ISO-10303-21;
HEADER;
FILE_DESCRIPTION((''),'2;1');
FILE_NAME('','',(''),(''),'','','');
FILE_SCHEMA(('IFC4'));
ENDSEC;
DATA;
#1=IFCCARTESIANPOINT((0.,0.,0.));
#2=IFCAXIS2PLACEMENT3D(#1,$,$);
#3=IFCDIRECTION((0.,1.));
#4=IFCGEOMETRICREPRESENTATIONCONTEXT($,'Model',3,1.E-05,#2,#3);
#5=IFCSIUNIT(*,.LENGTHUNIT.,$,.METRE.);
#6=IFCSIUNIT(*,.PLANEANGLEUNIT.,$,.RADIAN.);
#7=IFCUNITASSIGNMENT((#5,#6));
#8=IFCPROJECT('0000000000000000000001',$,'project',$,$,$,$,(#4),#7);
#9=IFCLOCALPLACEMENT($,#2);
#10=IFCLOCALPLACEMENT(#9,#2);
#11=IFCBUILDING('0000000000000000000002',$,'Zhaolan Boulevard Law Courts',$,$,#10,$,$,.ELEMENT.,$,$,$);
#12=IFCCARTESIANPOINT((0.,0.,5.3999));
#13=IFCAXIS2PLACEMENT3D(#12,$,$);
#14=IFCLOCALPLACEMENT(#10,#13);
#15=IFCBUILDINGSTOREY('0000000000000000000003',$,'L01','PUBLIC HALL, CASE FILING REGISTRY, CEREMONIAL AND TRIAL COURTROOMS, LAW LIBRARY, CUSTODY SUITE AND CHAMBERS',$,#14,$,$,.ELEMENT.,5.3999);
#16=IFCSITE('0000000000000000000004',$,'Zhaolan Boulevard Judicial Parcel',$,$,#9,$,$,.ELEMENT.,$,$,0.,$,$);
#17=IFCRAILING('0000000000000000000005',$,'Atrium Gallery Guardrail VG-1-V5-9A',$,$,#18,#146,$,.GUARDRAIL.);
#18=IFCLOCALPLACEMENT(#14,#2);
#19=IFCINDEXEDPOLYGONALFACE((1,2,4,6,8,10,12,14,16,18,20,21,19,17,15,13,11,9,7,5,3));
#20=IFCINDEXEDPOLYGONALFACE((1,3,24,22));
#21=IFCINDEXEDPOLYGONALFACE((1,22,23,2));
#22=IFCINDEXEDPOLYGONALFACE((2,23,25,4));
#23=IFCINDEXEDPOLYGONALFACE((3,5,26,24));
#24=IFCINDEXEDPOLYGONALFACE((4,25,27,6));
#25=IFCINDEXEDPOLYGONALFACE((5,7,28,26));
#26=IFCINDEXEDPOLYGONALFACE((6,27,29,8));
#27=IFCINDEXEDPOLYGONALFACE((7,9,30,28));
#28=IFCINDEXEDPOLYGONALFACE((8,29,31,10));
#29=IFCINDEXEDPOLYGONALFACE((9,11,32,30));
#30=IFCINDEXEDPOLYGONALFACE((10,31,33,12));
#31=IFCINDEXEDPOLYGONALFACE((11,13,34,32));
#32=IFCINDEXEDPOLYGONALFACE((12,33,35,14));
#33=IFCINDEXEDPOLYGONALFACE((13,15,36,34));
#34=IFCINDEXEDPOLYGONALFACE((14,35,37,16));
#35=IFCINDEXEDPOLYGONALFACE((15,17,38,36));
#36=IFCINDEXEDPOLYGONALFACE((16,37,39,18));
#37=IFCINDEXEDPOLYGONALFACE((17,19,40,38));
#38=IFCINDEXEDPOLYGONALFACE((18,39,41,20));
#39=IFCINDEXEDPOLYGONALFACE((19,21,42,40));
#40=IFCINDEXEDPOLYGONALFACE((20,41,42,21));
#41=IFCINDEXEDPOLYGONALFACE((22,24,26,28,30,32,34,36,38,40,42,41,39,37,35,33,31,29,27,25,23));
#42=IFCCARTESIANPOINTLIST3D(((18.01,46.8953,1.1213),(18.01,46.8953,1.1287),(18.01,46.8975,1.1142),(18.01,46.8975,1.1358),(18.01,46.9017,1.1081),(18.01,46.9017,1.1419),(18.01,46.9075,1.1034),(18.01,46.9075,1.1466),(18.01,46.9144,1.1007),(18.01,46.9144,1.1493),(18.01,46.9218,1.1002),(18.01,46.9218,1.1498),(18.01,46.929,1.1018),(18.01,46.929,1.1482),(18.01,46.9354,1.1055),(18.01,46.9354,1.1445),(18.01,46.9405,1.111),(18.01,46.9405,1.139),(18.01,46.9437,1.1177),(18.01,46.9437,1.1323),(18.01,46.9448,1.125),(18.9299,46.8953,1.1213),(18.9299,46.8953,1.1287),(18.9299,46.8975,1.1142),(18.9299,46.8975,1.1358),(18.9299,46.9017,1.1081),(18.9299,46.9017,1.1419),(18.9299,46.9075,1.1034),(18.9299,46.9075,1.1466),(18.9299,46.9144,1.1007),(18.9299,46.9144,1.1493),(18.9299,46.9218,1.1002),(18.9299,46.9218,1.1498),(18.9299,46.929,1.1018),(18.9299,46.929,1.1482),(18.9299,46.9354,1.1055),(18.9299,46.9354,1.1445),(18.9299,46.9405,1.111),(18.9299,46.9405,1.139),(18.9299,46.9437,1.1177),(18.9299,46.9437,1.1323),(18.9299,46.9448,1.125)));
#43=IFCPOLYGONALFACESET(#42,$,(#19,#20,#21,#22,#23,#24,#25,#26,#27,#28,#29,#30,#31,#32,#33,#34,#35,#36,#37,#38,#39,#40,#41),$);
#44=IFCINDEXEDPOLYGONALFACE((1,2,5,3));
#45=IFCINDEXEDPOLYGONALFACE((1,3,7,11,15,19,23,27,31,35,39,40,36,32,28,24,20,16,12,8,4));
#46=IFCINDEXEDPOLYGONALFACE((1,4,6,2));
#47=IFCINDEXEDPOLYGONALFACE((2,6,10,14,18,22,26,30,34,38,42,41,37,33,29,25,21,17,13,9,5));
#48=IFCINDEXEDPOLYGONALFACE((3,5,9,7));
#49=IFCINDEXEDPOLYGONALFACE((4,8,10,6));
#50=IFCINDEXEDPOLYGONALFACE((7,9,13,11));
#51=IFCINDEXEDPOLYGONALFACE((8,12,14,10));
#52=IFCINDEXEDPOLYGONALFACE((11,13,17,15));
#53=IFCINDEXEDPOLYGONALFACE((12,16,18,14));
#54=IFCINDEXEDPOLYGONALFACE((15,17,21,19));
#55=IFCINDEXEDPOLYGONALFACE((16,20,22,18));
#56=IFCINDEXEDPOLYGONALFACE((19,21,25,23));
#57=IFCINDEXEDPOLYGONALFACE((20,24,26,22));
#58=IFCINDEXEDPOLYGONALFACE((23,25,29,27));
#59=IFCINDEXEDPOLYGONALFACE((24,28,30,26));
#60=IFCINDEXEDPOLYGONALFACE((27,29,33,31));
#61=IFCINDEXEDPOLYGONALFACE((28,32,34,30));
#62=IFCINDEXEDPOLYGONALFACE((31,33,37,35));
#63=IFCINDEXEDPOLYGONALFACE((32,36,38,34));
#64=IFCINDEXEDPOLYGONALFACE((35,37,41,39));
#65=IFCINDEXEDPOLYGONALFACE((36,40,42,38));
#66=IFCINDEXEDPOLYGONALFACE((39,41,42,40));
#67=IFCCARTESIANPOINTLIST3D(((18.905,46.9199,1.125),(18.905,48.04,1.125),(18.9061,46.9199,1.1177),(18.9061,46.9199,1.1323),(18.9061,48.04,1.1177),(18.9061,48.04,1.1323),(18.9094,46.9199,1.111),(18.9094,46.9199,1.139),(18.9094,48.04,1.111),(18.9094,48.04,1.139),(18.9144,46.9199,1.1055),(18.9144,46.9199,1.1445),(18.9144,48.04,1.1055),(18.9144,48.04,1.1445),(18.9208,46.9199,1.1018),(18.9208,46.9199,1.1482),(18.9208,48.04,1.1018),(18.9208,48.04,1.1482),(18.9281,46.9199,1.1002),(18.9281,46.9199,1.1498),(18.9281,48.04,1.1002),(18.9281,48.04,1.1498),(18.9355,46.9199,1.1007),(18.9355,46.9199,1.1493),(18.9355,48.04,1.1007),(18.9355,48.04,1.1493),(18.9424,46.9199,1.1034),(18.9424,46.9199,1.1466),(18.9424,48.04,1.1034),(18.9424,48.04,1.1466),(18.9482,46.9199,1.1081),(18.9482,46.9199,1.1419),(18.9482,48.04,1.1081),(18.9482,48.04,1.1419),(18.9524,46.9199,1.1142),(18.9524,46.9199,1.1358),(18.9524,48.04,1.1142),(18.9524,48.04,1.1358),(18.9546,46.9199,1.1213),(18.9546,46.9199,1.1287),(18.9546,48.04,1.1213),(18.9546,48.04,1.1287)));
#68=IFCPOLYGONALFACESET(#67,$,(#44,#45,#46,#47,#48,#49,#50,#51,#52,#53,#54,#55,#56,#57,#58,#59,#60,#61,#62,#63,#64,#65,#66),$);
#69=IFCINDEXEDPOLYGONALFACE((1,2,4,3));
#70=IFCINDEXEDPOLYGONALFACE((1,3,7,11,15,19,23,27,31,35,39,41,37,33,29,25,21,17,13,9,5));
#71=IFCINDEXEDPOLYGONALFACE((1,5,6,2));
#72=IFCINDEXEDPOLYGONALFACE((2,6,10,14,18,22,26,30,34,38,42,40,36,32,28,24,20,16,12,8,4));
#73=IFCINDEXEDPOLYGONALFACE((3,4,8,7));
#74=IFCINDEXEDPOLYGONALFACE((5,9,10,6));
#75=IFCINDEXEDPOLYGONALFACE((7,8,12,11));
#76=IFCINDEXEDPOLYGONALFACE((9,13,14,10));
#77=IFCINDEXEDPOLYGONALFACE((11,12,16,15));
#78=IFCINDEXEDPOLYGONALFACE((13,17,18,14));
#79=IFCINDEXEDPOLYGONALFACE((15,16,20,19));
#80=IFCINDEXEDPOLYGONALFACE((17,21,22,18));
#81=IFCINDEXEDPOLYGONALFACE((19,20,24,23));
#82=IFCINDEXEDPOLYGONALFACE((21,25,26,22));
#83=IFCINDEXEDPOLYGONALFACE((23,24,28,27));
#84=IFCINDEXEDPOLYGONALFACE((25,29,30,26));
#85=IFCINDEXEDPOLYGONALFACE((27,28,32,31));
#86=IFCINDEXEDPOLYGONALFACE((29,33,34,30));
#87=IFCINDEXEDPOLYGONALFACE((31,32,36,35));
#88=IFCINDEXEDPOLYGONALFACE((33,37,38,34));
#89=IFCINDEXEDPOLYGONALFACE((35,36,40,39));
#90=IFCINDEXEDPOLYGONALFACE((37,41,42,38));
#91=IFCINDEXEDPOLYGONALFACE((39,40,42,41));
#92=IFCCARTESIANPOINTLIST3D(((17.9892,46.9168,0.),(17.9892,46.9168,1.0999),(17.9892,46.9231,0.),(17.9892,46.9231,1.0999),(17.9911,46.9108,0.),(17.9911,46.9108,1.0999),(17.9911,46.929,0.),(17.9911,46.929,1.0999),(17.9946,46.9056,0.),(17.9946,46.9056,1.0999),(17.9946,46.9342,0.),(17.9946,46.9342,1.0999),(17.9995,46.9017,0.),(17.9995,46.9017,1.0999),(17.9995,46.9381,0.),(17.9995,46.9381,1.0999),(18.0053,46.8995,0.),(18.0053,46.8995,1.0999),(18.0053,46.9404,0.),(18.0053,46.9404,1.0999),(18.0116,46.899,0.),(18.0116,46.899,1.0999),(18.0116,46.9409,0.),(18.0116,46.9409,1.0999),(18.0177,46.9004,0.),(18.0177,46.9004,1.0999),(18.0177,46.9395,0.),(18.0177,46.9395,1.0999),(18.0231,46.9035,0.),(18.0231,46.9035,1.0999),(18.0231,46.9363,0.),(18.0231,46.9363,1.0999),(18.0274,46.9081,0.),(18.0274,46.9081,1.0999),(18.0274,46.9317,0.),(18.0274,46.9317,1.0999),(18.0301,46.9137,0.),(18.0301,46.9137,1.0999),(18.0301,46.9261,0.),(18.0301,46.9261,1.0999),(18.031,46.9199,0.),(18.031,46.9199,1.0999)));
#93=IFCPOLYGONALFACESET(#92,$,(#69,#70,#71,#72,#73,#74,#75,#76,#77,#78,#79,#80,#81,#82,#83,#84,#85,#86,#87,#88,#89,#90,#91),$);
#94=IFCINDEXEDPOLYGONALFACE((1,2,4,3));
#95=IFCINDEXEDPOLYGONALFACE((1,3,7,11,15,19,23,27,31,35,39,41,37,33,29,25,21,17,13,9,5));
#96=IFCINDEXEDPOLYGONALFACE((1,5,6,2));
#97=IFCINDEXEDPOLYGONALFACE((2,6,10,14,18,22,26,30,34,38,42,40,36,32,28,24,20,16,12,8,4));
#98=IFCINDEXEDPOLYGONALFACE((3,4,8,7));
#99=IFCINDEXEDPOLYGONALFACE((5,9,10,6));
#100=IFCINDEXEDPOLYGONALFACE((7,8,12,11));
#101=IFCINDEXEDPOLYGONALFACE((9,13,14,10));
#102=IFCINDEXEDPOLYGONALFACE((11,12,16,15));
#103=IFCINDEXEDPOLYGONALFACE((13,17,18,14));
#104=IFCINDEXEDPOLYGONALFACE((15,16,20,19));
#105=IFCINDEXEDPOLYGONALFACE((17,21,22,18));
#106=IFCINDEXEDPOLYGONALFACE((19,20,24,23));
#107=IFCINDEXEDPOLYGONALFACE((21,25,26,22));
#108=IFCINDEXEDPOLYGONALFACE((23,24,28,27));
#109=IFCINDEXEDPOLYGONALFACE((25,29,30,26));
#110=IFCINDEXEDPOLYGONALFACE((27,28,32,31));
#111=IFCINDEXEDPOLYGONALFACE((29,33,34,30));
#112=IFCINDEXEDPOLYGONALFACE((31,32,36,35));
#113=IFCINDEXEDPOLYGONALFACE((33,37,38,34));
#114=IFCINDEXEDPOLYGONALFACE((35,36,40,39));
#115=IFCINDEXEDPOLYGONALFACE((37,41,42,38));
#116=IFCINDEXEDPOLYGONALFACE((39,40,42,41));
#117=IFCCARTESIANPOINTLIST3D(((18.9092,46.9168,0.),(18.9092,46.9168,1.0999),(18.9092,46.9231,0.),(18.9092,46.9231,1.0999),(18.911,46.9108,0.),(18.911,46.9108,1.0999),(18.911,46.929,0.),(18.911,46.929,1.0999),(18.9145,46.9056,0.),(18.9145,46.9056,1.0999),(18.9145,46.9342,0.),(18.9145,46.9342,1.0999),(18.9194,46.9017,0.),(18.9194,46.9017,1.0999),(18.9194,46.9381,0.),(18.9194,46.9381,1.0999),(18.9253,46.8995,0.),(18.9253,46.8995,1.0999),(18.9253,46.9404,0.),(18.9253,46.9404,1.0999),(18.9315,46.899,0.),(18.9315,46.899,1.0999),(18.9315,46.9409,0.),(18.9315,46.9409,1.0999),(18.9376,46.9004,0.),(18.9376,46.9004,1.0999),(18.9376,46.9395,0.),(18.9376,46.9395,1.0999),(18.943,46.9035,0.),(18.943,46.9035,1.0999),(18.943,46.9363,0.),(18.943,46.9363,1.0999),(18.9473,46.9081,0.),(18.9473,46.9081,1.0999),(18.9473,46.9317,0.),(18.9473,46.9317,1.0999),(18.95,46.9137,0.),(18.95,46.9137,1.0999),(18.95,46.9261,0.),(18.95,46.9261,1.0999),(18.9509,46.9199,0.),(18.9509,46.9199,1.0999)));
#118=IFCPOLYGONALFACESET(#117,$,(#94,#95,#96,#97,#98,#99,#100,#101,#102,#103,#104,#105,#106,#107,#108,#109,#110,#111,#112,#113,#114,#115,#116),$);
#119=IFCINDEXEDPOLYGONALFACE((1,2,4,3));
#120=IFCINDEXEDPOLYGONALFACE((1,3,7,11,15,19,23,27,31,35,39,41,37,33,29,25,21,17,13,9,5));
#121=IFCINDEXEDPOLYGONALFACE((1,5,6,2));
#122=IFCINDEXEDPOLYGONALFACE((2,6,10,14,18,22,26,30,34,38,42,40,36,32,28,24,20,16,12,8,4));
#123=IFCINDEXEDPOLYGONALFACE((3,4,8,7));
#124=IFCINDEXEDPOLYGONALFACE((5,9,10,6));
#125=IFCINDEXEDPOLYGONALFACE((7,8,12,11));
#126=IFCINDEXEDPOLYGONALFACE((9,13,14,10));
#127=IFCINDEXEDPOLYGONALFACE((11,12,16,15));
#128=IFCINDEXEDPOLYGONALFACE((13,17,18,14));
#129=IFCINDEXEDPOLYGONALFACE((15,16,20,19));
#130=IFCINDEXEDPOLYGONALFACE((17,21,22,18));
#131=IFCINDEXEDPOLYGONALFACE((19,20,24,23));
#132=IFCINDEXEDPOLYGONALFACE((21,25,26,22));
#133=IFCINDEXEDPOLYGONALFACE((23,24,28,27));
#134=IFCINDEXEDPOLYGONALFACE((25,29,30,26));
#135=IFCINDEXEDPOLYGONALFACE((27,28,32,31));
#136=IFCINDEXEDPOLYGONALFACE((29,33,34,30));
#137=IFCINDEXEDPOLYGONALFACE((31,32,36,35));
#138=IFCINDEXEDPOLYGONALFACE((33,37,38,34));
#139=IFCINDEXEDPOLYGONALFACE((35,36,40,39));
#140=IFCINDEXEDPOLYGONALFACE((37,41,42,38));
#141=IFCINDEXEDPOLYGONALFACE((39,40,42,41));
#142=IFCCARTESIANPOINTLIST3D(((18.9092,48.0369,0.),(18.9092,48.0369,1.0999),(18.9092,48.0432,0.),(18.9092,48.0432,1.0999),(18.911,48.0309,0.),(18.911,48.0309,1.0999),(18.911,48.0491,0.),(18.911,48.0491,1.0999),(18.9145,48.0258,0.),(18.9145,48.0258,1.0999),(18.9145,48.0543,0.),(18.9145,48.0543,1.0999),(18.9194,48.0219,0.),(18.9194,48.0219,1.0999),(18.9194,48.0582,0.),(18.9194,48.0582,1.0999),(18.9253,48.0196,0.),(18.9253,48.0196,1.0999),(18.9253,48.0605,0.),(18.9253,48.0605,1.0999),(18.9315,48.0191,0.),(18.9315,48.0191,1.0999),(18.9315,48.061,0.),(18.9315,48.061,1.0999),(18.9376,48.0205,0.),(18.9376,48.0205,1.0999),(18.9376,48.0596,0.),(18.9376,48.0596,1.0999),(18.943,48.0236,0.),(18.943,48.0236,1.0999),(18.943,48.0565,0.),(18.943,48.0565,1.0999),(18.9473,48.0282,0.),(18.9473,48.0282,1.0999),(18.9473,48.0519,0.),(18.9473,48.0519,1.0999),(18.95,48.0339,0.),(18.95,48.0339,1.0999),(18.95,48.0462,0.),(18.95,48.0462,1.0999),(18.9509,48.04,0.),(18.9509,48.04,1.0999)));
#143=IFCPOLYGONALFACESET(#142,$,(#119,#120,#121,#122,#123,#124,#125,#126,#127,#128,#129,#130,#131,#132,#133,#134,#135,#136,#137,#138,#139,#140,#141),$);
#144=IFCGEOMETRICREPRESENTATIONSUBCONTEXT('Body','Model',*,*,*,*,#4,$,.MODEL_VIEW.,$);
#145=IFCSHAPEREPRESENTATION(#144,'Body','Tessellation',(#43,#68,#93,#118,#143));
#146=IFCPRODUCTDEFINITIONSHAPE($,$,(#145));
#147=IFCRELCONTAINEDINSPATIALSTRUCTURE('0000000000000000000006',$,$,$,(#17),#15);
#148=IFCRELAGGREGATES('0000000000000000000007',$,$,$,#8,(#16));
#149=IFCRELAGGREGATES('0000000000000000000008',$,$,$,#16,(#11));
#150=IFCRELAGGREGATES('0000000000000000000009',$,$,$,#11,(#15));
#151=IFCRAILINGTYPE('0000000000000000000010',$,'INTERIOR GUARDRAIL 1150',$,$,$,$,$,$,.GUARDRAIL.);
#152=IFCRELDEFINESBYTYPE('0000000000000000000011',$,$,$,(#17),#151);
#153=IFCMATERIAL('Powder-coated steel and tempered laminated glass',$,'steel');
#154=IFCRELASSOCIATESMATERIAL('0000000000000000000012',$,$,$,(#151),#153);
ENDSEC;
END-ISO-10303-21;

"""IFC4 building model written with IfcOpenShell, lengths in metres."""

from ifc_helpers import new_model, si_unit, direction, frame, origin, origin_2d, place, context, subcontext, project, spatial, circle, extrude, material, type_object, element, save


model = new_model("IFC4")

# Units and contexts
model_context = context("Model", 3, precision=1e-05, world=origin(), true_north=direction((0.0, 1.0)))
body_context = subcontext(model_context, "Body", "Model", "MODEL_VIEW")
ifc_project = project(units=[si_unit("LENGTHUNIT", "METRE"), si_unit("PLANEANGLEUNIT", "RADIAN")], contexts=[model_context])

# Site, building, storey
site_placement = place(None, origin())
site = spatial("IfcSite", under=ifc_project, at=site_placement, Name="Zhaolan Boulevard Judicial Parcel", CompositionType="ELEMENT", RefElevation=0.0)
building_placement = place(site_placement, origin())
building = spatial("IfcBuilding", under=site, at=building_placement, Name="Zhaolan Boulevard Law Courts", CompositionType="ELEMENT")
storey_placement = place(building_placement, frame((0.0, 0.0, 5.3999)))
storey = spatial("IfcBuildingStorey", under=building, at=storey_placement, Name="L01", Description="PUBLIC HALL, CASE FILING REGISTRY, CEREMONIAL AND TRIAL COURTROOMS, LAW LIBRARY, CUSTODY SUITE AND CHAMBERS", CompositionType="ELEMENT", Elevation=5.3999)

# Railing
ifc_material_1 = material(Name="Powder-coated steel and tempered laminated glass", Category="steel")
railing_type_1 = type_object("IfcRailingType", Name="INTERIOR GUARDRAIL 1150", PredefinedType="GUARDRAIL", material=ifc_material_1)
railing_1_placement = place(storey_placement, frame((18.01, 46.9199, 0.0)))
element("IfcRailing", 1, at=railing_1_placement, inside=storey, type_object=railing_type_1, Name="Atrium Gallery Guardrail VG-1-V5-9A", PredefinedType="GUARDRAIL", context=body_context, shape_type="SweptSolid", body=[
    extrude(circle(Radius=0.0249, at=origin_2d()), frame((0.0, 0.0, 1.125), z_axis=(1.0, 0.0, 0.0), x_axis=(0.0, 1.0, 0.0)), (0.0, 0.0, 1.0), 0.9199),
    extrude(circle(Radius=0.0249, at=origin_2d()), frame((0.9199, 0.0, 1.125), z_axis=(0.0, 1.0, 0.0), x_axis=(-1.0, 0.0, 0.0)), (0.0, 0.0, 1.0), 1.1201),
    extrude(circle(Radius=0.021, at=origin_2d()), origin(), (0.0, 0.0, 1.0), 1.0999),
    extrude(circle(Radius=0.021, at=origin_2d()), frame((0.9199, 0.0, 0.0)), (0.0, 0.0, 1.0), 1.0999),
    extrude(circle(Radius=0.021, at=origin_2d()), frame((0.9199, 1.1201, 0.0)), (0.0, 0.0, 1.0), 1.0999),
])

save(model, "model.ifc")
